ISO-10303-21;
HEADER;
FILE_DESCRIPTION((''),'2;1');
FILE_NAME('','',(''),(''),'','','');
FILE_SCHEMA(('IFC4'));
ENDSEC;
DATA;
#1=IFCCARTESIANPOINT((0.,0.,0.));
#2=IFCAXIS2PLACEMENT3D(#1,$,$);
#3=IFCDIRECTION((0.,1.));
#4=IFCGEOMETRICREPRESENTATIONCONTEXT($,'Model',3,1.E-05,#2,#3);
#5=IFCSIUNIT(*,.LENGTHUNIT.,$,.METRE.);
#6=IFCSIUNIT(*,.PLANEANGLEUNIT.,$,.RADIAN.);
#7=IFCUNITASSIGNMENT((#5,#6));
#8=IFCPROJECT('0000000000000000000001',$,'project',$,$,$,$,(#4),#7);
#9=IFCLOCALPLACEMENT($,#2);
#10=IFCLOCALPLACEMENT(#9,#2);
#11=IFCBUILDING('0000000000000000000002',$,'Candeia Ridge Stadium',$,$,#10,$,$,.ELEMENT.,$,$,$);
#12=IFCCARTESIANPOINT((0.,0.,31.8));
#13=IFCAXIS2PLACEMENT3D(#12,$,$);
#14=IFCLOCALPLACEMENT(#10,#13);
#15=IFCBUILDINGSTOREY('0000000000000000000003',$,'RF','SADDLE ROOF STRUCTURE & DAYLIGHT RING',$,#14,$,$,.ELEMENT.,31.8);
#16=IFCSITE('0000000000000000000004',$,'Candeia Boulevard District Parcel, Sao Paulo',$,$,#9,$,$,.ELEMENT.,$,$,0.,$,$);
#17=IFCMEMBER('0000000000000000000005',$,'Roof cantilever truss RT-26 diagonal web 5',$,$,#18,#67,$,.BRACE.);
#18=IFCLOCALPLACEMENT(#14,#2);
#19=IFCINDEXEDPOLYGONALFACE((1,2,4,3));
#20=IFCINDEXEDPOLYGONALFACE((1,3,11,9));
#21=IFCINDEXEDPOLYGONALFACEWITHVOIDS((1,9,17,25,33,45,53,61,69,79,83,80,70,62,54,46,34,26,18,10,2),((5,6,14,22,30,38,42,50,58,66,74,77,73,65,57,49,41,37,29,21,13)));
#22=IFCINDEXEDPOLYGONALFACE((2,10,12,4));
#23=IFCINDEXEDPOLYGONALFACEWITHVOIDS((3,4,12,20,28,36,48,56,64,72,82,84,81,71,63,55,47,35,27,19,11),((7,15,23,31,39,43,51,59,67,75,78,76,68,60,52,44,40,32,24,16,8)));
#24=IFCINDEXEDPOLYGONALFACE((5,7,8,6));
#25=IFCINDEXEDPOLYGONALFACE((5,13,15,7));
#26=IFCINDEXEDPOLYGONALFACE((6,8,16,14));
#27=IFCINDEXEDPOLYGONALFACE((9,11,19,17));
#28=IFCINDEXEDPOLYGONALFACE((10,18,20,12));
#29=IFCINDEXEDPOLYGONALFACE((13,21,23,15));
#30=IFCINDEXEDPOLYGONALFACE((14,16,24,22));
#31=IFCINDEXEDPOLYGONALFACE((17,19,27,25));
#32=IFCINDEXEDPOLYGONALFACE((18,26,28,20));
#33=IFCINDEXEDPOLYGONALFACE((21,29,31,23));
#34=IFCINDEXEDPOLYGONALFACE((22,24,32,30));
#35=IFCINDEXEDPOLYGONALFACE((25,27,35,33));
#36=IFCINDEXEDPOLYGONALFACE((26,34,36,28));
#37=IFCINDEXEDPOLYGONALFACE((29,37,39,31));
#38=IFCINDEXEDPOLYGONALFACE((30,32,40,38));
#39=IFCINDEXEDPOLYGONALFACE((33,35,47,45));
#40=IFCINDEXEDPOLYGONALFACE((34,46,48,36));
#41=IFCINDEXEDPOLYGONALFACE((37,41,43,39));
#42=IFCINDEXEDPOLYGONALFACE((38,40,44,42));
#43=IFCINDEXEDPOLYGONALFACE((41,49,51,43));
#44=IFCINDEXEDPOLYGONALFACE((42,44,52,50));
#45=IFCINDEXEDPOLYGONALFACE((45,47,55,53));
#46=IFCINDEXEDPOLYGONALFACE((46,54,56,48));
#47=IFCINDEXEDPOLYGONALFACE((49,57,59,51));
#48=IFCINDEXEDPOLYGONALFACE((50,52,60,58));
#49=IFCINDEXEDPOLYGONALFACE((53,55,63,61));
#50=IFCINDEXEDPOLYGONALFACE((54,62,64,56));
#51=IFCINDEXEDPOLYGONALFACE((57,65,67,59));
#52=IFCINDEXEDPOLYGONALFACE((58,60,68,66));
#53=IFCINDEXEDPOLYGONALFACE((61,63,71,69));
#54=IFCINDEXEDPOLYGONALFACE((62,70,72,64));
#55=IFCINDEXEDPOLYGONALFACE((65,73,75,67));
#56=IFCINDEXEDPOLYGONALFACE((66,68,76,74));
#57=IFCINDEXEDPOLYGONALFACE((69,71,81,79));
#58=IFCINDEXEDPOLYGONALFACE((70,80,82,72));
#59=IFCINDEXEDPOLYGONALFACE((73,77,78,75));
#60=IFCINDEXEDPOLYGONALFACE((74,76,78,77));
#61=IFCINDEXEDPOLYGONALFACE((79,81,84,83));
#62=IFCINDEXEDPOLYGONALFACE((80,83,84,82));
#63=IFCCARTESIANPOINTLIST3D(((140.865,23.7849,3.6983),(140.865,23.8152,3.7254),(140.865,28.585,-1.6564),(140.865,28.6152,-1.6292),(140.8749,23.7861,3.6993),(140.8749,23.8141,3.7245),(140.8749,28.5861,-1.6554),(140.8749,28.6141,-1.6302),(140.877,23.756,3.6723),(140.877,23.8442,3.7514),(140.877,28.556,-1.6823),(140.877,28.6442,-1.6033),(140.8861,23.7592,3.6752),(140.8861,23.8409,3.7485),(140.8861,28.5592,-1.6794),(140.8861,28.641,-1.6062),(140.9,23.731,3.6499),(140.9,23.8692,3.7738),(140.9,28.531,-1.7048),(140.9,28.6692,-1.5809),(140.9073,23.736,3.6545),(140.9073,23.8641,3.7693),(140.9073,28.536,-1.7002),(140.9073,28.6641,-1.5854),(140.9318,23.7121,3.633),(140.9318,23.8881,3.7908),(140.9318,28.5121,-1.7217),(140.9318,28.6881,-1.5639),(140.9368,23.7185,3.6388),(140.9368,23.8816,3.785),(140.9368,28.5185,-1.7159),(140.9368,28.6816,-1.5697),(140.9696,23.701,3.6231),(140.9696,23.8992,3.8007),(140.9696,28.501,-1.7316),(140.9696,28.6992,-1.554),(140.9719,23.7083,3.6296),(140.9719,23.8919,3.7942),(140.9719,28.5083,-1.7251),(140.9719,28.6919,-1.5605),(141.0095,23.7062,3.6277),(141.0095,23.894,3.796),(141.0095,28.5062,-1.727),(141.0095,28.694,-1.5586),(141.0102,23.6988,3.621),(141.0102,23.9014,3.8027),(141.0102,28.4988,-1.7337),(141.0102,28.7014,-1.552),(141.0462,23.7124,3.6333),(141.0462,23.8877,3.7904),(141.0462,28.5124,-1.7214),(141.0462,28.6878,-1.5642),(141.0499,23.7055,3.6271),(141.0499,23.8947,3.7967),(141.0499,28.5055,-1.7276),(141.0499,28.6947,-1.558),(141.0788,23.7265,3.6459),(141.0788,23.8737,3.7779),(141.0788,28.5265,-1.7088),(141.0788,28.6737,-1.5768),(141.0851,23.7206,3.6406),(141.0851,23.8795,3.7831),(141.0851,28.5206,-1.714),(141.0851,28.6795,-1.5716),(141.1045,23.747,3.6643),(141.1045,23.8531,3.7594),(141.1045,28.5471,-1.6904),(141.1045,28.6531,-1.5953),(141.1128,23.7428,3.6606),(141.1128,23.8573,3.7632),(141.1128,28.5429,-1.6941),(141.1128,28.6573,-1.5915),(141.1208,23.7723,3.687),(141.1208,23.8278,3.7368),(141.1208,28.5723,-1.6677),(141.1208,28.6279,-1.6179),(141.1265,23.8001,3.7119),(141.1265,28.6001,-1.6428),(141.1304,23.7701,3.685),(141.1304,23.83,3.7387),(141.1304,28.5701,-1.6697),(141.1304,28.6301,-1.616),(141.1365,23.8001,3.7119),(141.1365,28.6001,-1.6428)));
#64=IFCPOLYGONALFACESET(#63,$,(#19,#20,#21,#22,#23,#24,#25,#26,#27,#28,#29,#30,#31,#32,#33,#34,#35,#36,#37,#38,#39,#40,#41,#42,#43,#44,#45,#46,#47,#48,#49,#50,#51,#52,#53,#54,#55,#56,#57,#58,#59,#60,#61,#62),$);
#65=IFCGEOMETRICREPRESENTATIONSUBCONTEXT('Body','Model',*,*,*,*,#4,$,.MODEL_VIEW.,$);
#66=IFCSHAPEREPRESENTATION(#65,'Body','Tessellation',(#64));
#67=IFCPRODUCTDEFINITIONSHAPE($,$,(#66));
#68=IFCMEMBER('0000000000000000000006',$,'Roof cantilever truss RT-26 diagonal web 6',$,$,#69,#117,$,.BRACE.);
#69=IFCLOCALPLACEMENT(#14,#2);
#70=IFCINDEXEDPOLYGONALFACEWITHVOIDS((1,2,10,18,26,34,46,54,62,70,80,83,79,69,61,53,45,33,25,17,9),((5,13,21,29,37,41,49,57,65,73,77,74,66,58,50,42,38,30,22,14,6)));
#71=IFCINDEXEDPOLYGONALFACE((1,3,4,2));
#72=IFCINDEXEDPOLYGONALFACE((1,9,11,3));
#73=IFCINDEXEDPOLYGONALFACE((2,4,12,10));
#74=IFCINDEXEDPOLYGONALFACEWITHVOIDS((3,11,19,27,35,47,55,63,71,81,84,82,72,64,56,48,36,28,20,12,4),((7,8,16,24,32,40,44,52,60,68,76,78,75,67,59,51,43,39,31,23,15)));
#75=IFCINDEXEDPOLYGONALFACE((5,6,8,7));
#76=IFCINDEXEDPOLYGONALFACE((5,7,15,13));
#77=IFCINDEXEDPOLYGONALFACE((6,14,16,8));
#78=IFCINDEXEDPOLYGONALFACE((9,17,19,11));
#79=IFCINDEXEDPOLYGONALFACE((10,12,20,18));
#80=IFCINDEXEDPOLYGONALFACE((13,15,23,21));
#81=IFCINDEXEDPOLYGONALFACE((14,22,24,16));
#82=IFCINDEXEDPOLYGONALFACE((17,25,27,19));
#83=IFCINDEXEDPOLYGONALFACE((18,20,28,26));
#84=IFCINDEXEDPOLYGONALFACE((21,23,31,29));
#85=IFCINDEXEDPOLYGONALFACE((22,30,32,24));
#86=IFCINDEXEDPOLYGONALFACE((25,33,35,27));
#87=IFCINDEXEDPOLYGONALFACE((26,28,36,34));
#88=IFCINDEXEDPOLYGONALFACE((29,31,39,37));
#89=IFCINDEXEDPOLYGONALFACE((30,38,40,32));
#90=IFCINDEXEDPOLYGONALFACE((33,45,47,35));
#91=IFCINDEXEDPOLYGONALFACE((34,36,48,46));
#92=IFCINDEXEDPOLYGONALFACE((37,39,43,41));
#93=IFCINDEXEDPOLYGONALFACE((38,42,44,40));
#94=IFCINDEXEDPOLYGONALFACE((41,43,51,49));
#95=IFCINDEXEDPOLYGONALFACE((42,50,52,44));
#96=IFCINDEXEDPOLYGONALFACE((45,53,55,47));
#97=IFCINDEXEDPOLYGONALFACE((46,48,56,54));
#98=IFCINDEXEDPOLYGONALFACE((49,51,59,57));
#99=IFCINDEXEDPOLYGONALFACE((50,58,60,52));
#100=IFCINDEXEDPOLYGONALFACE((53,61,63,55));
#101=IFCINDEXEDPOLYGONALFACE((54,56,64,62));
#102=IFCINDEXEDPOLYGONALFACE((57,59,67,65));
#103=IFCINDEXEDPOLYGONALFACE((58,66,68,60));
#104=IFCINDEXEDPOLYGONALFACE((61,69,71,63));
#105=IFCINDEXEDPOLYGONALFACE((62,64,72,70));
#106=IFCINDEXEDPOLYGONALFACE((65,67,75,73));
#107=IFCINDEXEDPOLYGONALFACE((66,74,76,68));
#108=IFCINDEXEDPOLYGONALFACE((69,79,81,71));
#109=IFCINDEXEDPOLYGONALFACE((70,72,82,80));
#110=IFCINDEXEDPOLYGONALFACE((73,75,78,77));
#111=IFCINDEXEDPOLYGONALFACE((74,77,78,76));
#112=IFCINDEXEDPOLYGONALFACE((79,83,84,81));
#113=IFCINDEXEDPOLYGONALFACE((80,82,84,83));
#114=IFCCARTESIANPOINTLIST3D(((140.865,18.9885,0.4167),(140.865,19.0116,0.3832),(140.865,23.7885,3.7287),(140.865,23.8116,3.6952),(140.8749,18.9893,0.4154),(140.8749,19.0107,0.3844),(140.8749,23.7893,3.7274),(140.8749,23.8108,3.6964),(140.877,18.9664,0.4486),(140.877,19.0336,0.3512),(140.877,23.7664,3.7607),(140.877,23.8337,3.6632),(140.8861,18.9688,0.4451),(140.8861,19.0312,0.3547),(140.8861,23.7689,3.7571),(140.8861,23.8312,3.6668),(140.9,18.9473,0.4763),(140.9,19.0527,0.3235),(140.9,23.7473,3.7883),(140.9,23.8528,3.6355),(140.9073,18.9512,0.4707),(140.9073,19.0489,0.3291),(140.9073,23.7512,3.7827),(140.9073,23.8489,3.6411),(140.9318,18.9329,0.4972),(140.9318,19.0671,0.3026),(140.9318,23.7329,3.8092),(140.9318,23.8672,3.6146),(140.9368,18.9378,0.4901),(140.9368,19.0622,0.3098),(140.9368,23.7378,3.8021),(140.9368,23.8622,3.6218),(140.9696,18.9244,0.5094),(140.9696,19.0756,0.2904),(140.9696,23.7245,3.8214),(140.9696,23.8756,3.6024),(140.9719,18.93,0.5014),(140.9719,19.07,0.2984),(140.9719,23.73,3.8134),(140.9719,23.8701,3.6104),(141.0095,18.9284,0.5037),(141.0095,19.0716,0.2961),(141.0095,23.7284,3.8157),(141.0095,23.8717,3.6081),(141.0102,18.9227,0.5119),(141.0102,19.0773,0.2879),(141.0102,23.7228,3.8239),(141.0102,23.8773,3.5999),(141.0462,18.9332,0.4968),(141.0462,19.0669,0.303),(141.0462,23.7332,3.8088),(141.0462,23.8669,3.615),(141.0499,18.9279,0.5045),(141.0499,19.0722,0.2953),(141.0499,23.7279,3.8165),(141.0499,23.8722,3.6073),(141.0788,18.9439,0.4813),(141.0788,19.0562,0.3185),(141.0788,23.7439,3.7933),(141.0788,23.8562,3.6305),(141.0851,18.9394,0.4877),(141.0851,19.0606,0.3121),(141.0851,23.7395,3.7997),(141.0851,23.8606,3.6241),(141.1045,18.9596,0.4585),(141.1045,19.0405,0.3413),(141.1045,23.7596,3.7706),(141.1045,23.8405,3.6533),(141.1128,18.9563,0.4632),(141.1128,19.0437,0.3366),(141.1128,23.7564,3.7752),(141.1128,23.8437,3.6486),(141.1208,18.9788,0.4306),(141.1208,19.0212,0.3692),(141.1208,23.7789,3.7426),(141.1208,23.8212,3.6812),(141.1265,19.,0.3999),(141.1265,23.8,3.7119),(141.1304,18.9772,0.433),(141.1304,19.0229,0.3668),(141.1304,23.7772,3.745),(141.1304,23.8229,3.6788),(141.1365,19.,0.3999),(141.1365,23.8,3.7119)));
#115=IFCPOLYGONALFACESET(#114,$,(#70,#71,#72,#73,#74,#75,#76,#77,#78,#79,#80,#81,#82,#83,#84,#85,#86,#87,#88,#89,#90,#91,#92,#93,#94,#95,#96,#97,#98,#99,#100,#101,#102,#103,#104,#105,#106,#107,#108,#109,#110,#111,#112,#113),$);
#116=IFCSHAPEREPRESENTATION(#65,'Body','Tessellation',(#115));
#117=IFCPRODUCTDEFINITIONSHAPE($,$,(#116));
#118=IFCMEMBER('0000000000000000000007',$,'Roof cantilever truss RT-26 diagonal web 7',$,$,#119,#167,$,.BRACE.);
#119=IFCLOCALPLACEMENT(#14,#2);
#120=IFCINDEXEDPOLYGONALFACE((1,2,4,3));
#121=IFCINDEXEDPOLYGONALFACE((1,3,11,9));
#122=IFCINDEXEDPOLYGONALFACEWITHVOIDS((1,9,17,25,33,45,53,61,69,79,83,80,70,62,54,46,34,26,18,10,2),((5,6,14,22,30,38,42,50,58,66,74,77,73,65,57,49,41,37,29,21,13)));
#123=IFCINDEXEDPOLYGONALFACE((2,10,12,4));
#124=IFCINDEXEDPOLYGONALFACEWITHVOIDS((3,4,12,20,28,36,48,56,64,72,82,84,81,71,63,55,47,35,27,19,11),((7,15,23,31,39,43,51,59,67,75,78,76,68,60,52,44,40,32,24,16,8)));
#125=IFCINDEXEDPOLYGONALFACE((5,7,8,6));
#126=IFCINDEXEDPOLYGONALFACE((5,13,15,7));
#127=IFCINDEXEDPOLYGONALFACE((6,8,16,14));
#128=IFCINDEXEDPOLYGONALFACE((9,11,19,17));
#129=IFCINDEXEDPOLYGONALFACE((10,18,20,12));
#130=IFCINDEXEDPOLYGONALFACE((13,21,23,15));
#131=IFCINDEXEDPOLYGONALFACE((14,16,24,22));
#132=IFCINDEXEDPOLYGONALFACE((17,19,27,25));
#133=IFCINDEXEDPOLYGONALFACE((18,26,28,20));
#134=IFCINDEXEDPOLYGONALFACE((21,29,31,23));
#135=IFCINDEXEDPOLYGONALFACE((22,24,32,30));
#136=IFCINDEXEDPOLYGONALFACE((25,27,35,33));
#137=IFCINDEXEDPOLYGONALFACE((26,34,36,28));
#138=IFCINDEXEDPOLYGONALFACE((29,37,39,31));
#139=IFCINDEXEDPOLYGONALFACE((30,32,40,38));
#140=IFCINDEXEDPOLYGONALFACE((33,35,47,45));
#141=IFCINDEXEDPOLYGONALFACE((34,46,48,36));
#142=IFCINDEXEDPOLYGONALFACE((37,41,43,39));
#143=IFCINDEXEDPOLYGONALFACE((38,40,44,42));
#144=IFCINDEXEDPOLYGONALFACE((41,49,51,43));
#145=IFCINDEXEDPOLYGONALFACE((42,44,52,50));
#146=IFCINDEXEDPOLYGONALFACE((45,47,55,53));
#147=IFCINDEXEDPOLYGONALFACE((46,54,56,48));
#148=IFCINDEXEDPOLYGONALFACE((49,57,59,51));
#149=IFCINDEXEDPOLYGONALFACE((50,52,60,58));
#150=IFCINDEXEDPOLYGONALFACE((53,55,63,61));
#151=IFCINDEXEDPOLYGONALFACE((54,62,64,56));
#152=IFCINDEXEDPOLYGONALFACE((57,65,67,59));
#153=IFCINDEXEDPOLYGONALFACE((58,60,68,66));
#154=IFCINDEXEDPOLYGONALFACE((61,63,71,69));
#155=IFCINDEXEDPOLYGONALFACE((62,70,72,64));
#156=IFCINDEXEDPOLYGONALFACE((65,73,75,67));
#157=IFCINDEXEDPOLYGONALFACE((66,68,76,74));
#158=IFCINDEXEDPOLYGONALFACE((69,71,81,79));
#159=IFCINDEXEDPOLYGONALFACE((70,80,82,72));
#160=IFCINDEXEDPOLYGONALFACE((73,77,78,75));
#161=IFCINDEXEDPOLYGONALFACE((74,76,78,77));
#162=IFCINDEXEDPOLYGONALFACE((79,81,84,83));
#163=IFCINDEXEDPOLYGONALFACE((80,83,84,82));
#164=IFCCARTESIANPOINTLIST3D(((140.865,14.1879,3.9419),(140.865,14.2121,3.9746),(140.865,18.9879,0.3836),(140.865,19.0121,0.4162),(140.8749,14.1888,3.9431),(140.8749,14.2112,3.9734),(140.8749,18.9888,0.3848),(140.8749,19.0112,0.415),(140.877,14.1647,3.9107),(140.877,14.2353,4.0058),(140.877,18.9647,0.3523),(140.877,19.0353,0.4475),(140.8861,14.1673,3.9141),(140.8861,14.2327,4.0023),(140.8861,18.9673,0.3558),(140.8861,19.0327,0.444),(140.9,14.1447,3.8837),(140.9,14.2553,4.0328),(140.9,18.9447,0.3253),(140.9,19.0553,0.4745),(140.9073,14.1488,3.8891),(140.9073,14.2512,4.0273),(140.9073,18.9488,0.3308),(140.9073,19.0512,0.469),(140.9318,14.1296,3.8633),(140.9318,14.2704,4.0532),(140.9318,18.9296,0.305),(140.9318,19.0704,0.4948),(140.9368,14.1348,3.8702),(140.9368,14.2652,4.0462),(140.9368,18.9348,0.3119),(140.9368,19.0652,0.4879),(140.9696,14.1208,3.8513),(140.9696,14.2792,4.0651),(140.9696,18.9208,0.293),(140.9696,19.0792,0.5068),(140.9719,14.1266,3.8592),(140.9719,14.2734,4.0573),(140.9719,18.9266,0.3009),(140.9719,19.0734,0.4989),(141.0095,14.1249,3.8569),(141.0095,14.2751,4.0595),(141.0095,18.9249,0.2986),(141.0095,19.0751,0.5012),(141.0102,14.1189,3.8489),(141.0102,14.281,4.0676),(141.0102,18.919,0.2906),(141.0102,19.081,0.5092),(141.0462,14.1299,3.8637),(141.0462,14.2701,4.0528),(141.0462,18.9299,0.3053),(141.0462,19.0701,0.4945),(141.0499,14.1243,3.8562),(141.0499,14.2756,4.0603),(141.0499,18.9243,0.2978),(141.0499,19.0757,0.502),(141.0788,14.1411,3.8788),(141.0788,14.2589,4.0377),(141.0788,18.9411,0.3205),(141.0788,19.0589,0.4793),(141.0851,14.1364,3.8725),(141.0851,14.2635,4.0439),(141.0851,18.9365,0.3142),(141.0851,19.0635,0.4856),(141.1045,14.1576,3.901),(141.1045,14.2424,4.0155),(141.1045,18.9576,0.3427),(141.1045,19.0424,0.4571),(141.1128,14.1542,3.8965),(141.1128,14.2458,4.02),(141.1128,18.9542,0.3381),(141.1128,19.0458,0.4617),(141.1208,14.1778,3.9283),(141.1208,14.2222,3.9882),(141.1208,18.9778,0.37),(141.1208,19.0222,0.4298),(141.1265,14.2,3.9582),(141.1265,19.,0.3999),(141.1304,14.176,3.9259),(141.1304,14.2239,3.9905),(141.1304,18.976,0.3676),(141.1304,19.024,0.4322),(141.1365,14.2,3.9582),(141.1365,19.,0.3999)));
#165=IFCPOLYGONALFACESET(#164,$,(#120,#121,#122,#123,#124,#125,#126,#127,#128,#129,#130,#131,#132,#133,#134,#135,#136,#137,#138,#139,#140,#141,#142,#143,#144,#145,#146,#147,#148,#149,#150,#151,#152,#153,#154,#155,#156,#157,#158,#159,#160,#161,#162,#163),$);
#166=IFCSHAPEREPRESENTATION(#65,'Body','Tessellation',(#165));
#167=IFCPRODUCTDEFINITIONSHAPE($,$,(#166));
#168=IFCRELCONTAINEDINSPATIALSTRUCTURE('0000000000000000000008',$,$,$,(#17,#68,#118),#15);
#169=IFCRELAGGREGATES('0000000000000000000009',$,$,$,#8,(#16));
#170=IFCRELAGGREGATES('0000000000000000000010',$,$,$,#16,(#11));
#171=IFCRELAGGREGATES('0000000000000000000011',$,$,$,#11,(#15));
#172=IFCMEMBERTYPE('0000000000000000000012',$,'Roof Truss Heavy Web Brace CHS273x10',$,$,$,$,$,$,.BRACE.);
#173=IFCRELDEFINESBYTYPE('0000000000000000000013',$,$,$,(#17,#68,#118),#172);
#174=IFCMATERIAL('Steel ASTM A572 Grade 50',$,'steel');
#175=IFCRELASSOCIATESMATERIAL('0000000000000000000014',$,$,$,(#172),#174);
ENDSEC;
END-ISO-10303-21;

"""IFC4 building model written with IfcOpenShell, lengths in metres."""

from ifc_helpers import new_model, si_unit, direction, frame, origin, origin_2d, place, context, subcontext, project, spatial, hollow_circle, extrude, material, material_profile, profile_set, type_object, element, save


model = new_model("IFC4")

# Units and contexts
model_context = context("Model", 3, precision=1e-05, world=origin(), true_north=direction((0.0, 1.0)))
body_context = subcontext(model_context, "Body", "Model", "MODEL_VIEW")
ifc_project = project(units=[si_unit("LENGTHUNIT", "METRE"), si_unit("PLANEANGLEUNIT", "RADIAN")], contexts=[model_context])

# Site, building, storey
site_placement = place(None, origin())
site = spatial("IfcSite", under=ifc_project, at=site_placement, Name="Candeia Boulevard District Parcel, Sao Paulo", CompositionType="ELEMENT", RefElevation=0.0)
building_placement = place(site_placement, origin())
building = spatial("IfcBuilding", under=site, at=building_placement, Name="Candeia Ridge Stadium", CompositionType="ELEMENT")
storey_placement = place(building_placement, frame((0.0, 0.0, 31.8)))
storey = spatial("IfcBuildingStorey", under=building, at=storey_placement, Name="RF", Description="SADDLE ROOF STRUCTURE & DAYLIGHT RING", CompositionType="ELEMENT", Elevation=31.8)

# Shared definitions
ifc_material_1 = material(Name="Steel ASTM A572 Grade 50", Category="steel")

# Members
ifc_material_profile_1 = material_profile(ifc_material_1, hollow_circle(Radius=0.1365, WallThickness=0.01, at=origin_2d()), Name="CHS273x10", Category="steel")
ifc_profile_set_1 = profile_set([ifc_material_profile_1], Name="Steel ASTM A572 Grade 50")
member_type_1 = type_object("IfcMemberType", Name="Roof Truss Heavy Web Brace CHS273x10", PredefinedType="BRACE", material=ifc_profile_set_1)
member_1_placement = place(storey_placement, frame((141.0, 28.6001, -1.6428), z_axis=(0.0, -0.667487, 0.744621), x_axis=(1.0, 0.0, 0.0)))
element("IfcMember", 1, at=member_1_placement, inside=storey, type_object=member_type_1, Name="Roof cantilever truss RT-26 diagonal web 5", PredefinedType="BRACE", context=body_context, shape_type="SweptSolid", body=[
    extrude(hollow_circle(Radius=0.1365, WallThickness=0.01, at=origin_2d()), origin(), (0.0, 0.0, 1.0), 7.1912),
])
member_2_placement = place(storey_placement, frame((141.0, 23.8, 3.7119), z_axis=(0.0, -0.823082, -0.567923), x_axis=(1.0, 0.0, 0.0)))
element("IfcMember", 2, at=member_2_placement, inside=storey, type_object=member_type_1, Name="Roof cantilever truss RT-26 diagonal web 6", PredefinedType="BRACE", context=body_context, shape_type="SweptSolid", body=[
    extrude(hollow_circle(Radius=0.1365, WallThickness=0.01, at=origin_2d()), origin(), (0.0, 0.0, 1.0), 5.8318),
])
member_3_placement = place(storey_placement, frame((141.0, 19.0, 0.3999), z_axis=(0.0, -0.803336, 0.595526), x_axis=(1.0, 0.0, 0.0)))
element("IfcMember", 3, at=member_3_placement, inside=storey, type_object=member_type_1, Name="Roof cantilever truss RT-26 diagonal web 7", PredefinedType="BRACE", context=body_context, shape_type="SweptSolid", body=[
    extrude(hollow_circle(Radius=0.1365, WallThickness=0.01, at=origin_2d()), origin(), (0.0, 0.0, 1.0), 5.9751),
])

save(model, "model.ifc")
